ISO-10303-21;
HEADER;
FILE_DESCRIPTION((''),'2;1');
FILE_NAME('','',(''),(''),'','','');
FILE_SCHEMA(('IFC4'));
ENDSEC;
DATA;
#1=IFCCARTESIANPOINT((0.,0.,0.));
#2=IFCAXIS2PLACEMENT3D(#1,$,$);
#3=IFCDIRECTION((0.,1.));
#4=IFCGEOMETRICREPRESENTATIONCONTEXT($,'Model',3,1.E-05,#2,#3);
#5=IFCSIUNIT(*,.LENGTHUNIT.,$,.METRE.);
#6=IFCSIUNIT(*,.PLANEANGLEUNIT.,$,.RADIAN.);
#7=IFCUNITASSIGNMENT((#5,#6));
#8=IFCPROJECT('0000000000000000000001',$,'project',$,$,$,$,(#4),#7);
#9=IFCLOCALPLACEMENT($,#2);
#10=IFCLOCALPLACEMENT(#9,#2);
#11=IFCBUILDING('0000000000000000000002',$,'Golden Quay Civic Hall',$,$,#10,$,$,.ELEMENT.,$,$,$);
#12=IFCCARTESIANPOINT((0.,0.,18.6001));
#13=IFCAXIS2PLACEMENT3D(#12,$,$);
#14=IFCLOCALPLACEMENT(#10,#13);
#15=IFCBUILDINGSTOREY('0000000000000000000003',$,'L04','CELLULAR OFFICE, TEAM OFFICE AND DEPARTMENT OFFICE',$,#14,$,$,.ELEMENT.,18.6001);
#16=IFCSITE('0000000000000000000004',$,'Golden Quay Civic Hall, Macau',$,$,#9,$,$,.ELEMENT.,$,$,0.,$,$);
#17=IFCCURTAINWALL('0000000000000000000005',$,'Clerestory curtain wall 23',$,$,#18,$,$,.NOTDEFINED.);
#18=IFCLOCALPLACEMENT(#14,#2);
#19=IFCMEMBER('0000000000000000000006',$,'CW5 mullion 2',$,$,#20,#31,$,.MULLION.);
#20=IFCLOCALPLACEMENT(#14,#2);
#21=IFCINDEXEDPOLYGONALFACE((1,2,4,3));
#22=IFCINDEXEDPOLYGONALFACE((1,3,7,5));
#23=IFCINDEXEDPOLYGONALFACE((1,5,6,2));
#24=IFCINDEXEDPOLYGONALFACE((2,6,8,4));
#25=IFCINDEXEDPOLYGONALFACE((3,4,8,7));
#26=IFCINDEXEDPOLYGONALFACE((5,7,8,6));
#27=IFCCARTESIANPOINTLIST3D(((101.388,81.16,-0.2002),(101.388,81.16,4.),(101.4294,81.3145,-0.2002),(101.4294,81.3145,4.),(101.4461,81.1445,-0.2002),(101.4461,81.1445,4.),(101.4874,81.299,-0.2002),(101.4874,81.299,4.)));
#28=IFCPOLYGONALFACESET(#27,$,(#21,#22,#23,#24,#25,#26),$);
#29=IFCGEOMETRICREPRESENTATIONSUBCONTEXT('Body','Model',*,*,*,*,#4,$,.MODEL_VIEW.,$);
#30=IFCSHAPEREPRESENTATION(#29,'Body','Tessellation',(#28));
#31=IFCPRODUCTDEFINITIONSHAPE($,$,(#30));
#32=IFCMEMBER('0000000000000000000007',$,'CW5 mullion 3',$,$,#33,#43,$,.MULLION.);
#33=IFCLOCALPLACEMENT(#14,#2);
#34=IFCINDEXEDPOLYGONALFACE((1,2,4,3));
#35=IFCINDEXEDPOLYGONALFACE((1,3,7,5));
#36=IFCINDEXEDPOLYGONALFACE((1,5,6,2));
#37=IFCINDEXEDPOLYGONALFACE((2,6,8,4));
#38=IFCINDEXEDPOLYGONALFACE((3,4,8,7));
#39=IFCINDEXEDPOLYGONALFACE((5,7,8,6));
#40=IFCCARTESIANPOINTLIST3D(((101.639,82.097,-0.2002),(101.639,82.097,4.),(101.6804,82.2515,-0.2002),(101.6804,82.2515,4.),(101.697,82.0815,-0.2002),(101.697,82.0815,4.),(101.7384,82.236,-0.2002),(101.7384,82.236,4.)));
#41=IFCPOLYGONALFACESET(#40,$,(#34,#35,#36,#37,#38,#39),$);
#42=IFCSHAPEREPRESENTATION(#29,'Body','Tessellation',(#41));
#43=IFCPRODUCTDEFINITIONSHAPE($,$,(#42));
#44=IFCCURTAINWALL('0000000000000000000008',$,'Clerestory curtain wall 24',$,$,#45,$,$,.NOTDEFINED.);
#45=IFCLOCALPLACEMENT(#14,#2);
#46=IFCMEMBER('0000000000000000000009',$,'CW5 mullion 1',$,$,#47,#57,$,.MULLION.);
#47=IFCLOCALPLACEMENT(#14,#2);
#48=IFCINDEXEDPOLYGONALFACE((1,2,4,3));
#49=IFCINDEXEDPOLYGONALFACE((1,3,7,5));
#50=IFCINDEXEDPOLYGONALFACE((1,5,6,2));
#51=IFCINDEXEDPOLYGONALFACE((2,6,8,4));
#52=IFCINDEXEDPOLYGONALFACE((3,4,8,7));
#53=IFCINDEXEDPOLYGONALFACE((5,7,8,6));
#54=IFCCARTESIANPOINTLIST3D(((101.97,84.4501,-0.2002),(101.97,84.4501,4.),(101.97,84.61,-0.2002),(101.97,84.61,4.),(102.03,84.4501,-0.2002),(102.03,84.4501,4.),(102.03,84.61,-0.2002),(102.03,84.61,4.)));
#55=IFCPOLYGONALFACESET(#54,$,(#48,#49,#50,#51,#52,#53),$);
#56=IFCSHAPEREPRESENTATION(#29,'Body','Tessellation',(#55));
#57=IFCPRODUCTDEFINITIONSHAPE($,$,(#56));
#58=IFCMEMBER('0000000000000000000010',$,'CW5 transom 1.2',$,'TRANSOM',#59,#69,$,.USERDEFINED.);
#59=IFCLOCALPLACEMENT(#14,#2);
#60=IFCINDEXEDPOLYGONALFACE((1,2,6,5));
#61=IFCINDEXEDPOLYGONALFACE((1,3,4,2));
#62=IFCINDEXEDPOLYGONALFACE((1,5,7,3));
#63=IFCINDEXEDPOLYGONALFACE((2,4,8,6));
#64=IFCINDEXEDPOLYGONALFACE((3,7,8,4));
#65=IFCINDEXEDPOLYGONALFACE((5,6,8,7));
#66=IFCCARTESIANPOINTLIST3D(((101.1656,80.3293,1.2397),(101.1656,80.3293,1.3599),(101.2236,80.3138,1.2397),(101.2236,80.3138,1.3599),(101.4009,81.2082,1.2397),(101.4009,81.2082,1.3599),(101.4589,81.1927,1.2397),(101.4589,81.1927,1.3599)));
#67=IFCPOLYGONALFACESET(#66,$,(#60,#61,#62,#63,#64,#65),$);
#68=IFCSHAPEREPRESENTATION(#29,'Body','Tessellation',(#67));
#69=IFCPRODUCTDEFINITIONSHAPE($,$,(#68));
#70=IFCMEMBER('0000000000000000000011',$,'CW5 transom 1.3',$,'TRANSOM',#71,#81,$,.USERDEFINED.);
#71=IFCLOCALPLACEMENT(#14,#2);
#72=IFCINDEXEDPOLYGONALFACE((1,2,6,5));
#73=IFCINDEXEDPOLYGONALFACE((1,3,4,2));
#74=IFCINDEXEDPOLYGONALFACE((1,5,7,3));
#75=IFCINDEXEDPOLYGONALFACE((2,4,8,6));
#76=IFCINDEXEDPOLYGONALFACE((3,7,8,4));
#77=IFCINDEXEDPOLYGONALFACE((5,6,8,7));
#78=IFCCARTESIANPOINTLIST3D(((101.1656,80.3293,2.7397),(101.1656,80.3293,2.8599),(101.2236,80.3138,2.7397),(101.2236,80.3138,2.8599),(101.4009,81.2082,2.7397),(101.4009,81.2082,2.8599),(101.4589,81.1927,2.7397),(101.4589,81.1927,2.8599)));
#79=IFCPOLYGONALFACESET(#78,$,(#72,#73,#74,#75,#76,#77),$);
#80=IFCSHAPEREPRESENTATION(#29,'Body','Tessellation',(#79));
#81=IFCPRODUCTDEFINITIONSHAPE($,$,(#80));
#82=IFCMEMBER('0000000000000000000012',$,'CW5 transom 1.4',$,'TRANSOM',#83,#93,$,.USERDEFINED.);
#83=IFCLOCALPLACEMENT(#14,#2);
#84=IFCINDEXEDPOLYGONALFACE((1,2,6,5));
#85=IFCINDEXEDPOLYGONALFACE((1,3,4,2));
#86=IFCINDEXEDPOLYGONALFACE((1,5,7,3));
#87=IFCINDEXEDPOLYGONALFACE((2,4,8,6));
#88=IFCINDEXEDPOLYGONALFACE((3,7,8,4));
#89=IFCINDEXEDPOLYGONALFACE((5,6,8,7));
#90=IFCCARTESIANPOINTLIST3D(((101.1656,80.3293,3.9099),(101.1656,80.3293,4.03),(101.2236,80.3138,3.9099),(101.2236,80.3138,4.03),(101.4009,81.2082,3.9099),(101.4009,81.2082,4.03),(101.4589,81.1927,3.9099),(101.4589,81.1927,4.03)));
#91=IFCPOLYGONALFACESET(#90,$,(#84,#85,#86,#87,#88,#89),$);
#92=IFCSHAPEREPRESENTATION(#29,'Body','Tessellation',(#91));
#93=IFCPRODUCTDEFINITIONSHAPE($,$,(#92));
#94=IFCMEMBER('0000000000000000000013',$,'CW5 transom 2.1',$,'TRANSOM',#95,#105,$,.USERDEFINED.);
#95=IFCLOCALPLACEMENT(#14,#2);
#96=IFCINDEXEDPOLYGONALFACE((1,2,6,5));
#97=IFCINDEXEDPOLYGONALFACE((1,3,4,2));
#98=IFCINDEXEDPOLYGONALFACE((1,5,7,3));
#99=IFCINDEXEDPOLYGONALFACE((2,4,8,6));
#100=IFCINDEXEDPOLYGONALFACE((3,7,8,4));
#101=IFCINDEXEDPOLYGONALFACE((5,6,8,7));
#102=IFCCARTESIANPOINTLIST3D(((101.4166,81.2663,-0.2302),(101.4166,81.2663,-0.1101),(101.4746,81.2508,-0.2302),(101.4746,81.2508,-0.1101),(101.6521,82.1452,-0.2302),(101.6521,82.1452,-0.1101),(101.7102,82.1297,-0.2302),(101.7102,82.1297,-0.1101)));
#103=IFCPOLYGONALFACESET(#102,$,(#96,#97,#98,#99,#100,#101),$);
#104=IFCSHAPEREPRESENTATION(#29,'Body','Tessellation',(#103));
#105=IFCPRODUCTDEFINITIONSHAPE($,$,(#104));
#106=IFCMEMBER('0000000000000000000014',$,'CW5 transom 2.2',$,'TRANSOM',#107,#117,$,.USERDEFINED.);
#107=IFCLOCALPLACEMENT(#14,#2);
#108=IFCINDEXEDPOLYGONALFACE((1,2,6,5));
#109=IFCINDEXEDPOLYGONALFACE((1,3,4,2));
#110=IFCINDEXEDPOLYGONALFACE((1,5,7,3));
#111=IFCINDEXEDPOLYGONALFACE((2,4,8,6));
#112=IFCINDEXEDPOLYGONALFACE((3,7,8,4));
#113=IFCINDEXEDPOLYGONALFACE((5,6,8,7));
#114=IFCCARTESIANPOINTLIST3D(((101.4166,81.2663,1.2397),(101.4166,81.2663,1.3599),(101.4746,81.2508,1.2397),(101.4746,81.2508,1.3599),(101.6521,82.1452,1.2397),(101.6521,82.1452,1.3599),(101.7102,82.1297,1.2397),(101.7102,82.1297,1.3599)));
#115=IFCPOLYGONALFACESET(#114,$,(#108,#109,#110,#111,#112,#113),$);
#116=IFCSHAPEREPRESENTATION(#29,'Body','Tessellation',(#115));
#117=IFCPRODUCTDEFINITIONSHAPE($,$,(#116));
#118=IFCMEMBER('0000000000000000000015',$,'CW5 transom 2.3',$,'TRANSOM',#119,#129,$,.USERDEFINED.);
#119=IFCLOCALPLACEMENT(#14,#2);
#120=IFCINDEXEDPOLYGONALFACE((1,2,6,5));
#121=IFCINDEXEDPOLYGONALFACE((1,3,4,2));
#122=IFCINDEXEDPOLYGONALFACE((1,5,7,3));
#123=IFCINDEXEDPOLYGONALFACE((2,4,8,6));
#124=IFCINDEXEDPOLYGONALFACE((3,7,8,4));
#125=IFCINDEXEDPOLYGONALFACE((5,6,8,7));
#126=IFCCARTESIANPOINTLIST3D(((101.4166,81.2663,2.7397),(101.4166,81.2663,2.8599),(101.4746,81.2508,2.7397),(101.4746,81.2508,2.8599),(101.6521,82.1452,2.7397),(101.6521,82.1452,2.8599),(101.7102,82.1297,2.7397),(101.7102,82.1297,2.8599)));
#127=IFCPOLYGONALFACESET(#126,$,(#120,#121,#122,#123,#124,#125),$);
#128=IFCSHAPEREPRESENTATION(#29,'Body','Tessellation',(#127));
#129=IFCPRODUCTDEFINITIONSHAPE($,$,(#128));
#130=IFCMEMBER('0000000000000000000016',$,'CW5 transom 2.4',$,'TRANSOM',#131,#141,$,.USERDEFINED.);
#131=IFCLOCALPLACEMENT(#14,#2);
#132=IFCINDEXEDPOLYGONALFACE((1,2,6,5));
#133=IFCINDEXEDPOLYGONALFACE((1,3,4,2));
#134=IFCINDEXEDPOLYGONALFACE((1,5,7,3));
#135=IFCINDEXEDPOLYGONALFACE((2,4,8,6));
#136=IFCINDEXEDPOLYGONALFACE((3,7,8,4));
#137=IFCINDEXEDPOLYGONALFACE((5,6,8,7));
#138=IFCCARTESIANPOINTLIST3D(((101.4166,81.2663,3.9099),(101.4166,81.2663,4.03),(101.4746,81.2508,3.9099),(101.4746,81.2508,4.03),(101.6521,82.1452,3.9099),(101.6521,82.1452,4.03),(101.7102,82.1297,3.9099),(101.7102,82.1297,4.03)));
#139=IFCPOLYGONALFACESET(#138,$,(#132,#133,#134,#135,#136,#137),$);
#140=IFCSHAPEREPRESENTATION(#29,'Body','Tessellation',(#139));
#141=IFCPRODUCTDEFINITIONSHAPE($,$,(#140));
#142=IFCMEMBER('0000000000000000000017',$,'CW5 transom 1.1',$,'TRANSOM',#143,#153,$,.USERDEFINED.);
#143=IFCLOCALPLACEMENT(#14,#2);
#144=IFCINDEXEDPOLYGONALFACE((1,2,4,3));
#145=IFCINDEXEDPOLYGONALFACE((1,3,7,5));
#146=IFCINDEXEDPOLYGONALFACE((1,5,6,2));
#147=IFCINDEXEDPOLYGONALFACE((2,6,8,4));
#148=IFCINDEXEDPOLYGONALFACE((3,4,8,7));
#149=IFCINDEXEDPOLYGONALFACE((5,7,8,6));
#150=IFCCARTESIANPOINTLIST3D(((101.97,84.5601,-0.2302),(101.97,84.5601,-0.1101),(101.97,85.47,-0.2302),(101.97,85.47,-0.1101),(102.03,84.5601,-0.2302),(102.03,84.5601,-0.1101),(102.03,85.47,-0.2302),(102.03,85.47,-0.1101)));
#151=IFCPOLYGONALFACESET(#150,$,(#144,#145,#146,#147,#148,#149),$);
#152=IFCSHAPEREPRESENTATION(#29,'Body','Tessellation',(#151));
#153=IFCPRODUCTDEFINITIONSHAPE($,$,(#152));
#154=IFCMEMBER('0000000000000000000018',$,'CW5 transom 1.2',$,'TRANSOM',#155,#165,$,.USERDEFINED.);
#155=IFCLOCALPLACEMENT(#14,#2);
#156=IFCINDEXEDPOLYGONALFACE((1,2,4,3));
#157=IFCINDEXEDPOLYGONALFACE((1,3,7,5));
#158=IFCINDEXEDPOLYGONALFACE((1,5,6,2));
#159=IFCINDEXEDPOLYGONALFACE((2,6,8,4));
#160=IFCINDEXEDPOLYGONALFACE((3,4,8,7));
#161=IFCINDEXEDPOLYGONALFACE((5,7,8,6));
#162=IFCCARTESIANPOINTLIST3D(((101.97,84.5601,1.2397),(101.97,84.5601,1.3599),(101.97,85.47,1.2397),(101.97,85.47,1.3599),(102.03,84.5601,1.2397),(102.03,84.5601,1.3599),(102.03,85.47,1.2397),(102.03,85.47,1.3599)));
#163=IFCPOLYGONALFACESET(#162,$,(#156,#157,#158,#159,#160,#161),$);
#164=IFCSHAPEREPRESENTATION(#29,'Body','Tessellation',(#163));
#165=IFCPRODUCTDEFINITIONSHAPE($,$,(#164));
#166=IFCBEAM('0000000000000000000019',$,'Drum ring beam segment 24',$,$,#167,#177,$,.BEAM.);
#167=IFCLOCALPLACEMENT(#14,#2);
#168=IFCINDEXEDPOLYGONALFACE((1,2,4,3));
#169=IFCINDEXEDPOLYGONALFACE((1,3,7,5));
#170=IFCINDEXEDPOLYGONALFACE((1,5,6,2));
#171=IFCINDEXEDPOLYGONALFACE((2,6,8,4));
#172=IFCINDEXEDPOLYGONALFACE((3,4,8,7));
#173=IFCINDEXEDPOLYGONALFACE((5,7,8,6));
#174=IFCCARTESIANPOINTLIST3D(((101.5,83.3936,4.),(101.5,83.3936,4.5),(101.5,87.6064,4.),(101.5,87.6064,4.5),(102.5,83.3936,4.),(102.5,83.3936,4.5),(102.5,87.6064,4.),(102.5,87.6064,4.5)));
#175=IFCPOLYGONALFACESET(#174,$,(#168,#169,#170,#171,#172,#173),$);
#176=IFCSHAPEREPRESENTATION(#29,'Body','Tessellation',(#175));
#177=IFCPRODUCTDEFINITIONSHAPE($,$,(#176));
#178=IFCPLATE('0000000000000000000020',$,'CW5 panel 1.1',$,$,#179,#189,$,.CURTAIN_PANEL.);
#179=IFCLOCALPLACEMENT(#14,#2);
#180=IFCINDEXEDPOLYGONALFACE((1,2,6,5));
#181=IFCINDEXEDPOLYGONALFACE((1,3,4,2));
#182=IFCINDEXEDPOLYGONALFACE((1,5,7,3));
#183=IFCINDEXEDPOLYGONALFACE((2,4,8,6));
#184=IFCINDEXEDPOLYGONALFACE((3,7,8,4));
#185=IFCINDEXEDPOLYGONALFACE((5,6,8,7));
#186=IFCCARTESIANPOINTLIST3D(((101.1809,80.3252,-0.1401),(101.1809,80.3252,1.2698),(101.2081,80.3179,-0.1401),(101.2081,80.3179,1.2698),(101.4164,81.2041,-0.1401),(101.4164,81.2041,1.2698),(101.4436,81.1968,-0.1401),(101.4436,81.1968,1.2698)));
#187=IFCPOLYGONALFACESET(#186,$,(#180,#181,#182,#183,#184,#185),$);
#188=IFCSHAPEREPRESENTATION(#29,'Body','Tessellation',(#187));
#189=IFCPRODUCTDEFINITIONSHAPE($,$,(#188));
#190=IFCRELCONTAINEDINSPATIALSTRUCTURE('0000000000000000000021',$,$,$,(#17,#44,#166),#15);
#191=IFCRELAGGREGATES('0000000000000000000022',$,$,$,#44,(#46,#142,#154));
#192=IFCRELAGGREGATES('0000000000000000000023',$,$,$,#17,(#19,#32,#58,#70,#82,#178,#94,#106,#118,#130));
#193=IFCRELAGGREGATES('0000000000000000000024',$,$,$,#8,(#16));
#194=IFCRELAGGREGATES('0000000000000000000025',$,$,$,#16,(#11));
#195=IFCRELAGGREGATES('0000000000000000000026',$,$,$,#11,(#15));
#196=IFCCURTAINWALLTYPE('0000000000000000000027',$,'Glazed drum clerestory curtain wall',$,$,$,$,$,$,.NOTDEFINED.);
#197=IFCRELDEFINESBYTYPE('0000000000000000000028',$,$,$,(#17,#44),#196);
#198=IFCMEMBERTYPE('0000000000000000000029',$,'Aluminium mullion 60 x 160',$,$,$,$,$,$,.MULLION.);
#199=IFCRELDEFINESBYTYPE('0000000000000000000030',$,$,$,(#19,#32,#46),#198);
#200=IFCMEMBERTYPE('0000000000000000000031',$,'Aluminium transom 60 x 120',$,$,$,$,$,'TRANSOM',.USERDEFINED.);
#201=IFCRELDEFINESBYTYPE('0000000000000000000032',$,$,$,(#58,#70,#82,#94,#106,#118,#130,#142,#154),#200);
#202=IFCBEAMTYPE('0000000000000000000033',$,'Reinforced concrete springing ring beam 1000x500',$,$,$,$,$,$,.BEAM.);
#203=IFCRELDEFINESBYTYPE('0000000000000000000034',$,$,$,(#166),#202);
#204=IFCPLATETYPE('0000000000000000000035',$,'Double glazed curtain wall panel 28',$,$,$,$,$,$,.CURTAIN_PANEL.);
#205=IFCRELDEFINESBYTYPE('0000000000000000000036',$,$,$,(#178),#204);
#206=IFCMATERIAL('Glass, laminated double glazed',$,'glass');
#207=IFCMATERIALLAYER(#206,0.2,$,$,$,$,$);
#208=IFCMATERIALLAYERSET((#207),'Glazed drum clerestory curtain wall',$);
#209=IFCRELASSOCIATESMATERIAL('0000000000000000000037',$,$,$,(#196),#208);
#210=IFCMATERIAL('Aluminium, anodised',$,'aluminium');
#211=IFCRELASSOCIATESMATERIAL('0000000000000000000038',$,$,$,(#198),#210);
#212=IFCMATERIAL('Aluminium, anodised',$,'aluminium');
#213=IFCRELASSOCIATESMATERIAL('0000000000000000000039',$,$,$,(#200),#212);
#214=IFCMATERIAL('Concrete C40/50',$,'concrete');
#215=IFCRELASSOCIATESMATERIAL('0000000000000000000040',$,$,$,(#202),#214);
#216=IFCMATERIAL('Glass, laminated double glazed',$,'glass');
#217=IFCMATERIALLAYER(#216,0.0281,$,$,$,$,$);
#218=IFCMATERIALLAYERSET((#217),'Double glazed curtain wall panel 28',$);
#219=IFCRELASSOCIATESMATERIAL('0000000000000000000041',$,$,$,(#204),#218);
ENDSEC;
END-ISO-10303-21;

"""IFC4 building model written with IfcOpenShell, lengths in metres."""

from ifc_helpers import new_model, si_unit, direction, frame, origin, origin_2d, place, context, subcontext, project, spatial, rectangle, extrude, material, layer, layer_set, material_profile, profile_set, type_object, element, aggregate, save


model = new_model("IFC4")

# Units and contexts
model_context = context("Model", 3, precision=1e-05, world=origin(), true_north=direction((0.0, 1.0)))
body_context = subcontext(model_context, "Body", "Model", "MODEL_VIEW")
ifc_project = project(units=[si_unit("LENGTHUNIT", "METRE"), si_unit("PLANEANGLEUNIT", "RADIAN")], contexts=[model_context])

# Site, building, storey
site_placement = place(None, origin())
site = spatial("IfcSite", under=ifc_project, at=site_placement, Name="Golden Quay Civic Hall, Macau", CompositionType="ELEMENT", RefElevation=0.0)
building_placement = place(site_placement, origin())
building = spatial("IfcBuilding", under=site, at=building_placement, Name="Golden Quay Civic Hall", CompositionType="ELEMENT")
storey_placement = place(building_placement, frame((0.0, 0.0, 18.6001)))
storey = spatial("IfcBuildingStorey", under=building, at=storey_placement, Name="L04", Description="CELLULAR OFFICE, TEAM OFFICE AND DEPARTMENT OFFICE", CompositionType="ELEMENT", Elevation=18.6001)

# Curtain wall, members
ifc_material_1 = material(Name="Glass, laminated double glazed", Category="glass")
ifc_layer_1 = layer(ifc_material_1, 0.2)
ifc_layer_set_1 = layer_set([ifc_layer_1], Name="Glazed drum clerestory curtain wall")
curtain_wall_type = type_object("IfcCurtainWallType", Name="Glazed drum clerestory curtain wall", PredefinedType="NOTDEFINED", material=ifc_layer_set_1)
curtain_wall_1_placement = place(storey_placement, origin())
curtain_wall_1 = element("IfcCurtainWall", 1, at=curtain_wall_1_placement, inside=storey, type_object=curtain_wall_type, Name="Clerestory curtain wall 23", PredefinedType="NOTDEFINED")
ifc_material_2 = material(Name="Aluminium, anodised", Category="aluminium")
ifc_material_profile_1 = material_profile(ifc_material_2, rectangle(XDim=0.0601, YDim=0.1599, at=origin_2d()), Name="Aluminium 60 x 160")
ifc_profile_set_1 = profile_set([ifc_material_profile_1], Name="Aluminium, anodised")
member_type_1 = type_object("IfcMemberType", Name="Aluminium mullion 60 x 160", PredefinedType="MULLION", material=ifc_profile_set_1)
member_1_placement = place(storey_placement, frame((101.4377, 81.2295, -0.2002), z_axis=(0.0, 0.0, 1.0), x_axis=(-0.965929, 0.258808, 0.0)))
member_1 = element("IfcMember", 2, at=member_1_placement, type_object=member_type_1, Name="CW5 mullion 2", PredefinedType="MULLION", context=body_context, shape_type="SweptSolid", body=[
    extrude(rectangle(XDim=0.0601, YDim=0.1599, at=origin_2d()), origin(), (0.0, 0.0, 1.0), 4.2002),
])
member_2_placement = place(storey_placement, frame((101.6887, 82.1665, -0.2002), z_axis=(0.0, 0.0, 1.0), x_axis=(-0.965929, 0.258808, 0.0)))
member_2 = element("IfcMember", 3, at=member_2_placement, type_object=member_type_1, Name="CW5 mullion 3", PredefinedType="MULLION", context=body_context, shape_type="SweptSolid", body=[
    extrude(rectangle(XDim=0.0601, YDim=0.1599, at=origin_2d()), origin(), (0.0, 0.0, 1.0), 4.2002),
])

# Curtain wall, member
curtain_wall_2_placement = place(storey_placement, origin())
curtain_wall_2 = element("IfcCurtainWall", 4, at=curtain_wall_2_placement, inside=storey, type_object=curtain_wall_type, Name="Clerestory curtain wall 24", PredefinedType="NOTDEFINED")
member_3_placement = place(storey_placement, frame((102.0, 84.53, -0.2002), z_axis=(0.0, 0.0, 1.0), x_axis=(-1.0, 0.0, 0.0)))
member_3 = element("IfcMember", 5, at=member_3_placement, type_object=member_type_1, Name="CW5 mullion 1", PredefinedType="MULLION", context=body_context, shape_type="SweptSolid", body=[
    extrude(rectangle(XDim=0.0601, YDim=0.1599, at=origin_2d()), origin(), (0.0, 0.0, 1.0), 4.2002),
])

# Members
ifc_material_3 = material(Name="Aluminium, anodised", Category="aluminium")
ifc_material_profile_2 = material_profile(ifc_material_3, rectangle(XDim=0.0601, YDim=0.1201, at=origin_2d()), Name="Aluminium 60 x 120")
ifc_profile_set_2 = profile_set([ifc_material_profile_2], Name="Aluminium, anodised")
member_type_2 = type_object("IfcMemberType", Name="Aluminium transom 60 x 120", ElementType="TRANSOM", PredefinedType="USERDEFINED", material=ifc_profile_set_2)
member_4_placement = place(storey_placement, frame((101.1946, 80.3215, 1.2998), z_axis=(0.258665, 0.965967, 0.0), x_axis=(-0.965967, 0.258665, 0.0)))
member_4 = element("IfcMember", 6, at=member_4_placement, type_object=member_type_2, Name="CW5 transom 1.2", ObjectType="TRANSOM", PredefinedType="USERDEFINED", context=body_context, shape_type="SweptSolid", body=[
    extrude(rectangle(XDim=0.0601, YDim=0.1201, at=origin_2d()), origin(), (0.0, 0.0, 1.0), 0.9099),
])
member_5_placement = place(storey_placement, frame((101.1946, 80.3215, 2.7998), z_axis=(0.258665, 0.965967, 0.0), x_axis=(-0.965967, 0.258665, 0.0)))
member_5 = element("IfcMember", 7, at=member_5_placement, type_object=member_type_2, Name="CW5 transom 1.3", ObjectType="TRANSOM", PredefinedType="USERDEFINED", context=body_context, shape_type="SweptSolid", body=[
    extrude(rectangle(XDim=0.0601, YDim=0.1201, at=origin_2d()), origin(), (0.0, 0.0, 1.0), 0.9099),
])
member_6_placement = place(storey_placement, frame((101.1946, 80.3215, 3.97), z_axis=(0.258665, 0.965967, 0.0), x_axis=(-0.965967, 0.258665, 0.0)))
member_6 = element("IfcMember", 8, at=member_6_placement, type_object=member_type_2, Name="CW5 transom 1.4", ObjectType="TRANSOM", PredefinedType="USERDEFINED", context=body_context, shape_type="SweptSolid", body=[
    extrude(rectangle(XDim=0.0601, YDim=0.1201, at=origin_2d()), origin(), (0.0, 0.0, 1.0), 0.9099),
])
member_7_placement = place(storey_placement, frame((101.4456, 81.2585, -0.1702), z_axis=(0.258915, 0.9659, 0.0), x_axis=(-0.9659, 0.258915, 0.0)))
member_7 = element("IfcMember", 9, at=member_7_placement, type_object=member_type_2, Name="CW5 transom 2.1", ObjectType="TRANSOM", PredefinedType="USERDEFINED", context=body_context, shape_type="SweptSolid", body=[
    extrude(rectangle(XDim=0.0601, YDim=0.1201, at=origin_2d()), origin(), (0.0, 0.0, 1.0), 0.9099),
])
member_8_placement = place(storey_placement, frame((101.4456, 81.2585, 1.2998), z_axis=(0.258915, 0.9659, 0.0), x_axis=(-0.9659, 0.258915, 0.0)))
member_8 = element("IfcMember", 10, at=member_8_placement, type_object=member_type_2, Name="CW5 transom 2.2", ObjectType="TRANSOM", PredefinedType="USERDEFINED", context=body_context, shape_type="SweptSolid", body=[
    extrude(rectangle(XDim=0.0601, YDim=0.1201, at=origin_2d()), origin(), (0.0, 0.0, 1.0), 0.9099),
])
member_9_placement = place(storey_placement, frame((101.4456, 81.2585, 2.7998), z_axis=(0.258915, 0.9659, 0.0), x_axis=(-0.9659, 0.258915, 0.0)))
member_9 = element("IfcMember", 11, at=member_9_placement, type_object=member_type_2, Name="CW5 transom 2.3", ObjectType="TRANSOM", PredefinedType="USERDEFINED", context=body_context, shape_type="SweptSolid", body=[
    extrude(rectangle(XDim=0.0601, YDim=0.1201, at=origin_2d()), origin(), (0.0, 0.0, 1.0), 0.9099),
])
member_10_placement = place(storey_placement, frame((101.4456, 81.2585, 3.97), z_axis=(0.258915, 0.9659, 0.0), x_axis=(-0.9659, 0.258915, 0.0)))
member_10 = element("IfcMember", 12, at=member_10_placement, type_object=member_type_2, Name="CW5 transom 2.4", ObjectType="TRANSOM", PredefinedType="USERDEFINED", context=body_context, shape_type="SweptSolid", body=[
    extrude(rectangle(XDim=0.0601, YDim=0.1201, at=origin_2d()), origin(), (0.0, 0.0, 1.0), 0.9099),
])
member_11_placement = place(storey_placement, frame((102.0, 84.5601, -0.1702), z_axis=(0.0, 1.0, 0.0), x_axis=(-1.0, 0.0, 0.0)))
member_11 = element("IfcMember", 13, at=member_11_placement, type_object=member_type_2, Name="CW5 transom 1.1", ObjectType="TRANSOM", PredefinedType="USERDEFINED", context=body_context, shape_type="SweptSolid", body=[
    extrude(rectangle(XDim=0.0601, YDim=0.1201, at=origin_2d()), origin(), (0.0, 0.0, 1.0), 0.9099),
])
member_12_placement = place(storey_placement, frame((102.0, 84.5601, 1.2998), z_axis=(0.0, 1.0, 0.0), x_axis=(-1.0, 0.0, 0.0)))
member_12 = element("IfcMember", 14, at=member_12_placement, type_object=member_type_2, Name="CW5 transom 1.2", ObjectType="TRANSOM", PredefinedType="USERDEFINED", context=body_context, shape_type="SweptSolid", body=[
    extrude(rectangle(XDim=0.0601, YDim=0.1201, at=origin_2d()), origin(), (0.0, 0.0, 1.0), 0.9099),
])
aggregate(curtain_wall_2, [member_3, member_11, member_12])

# Beam
ifc_material_4 = material(Name="Concrete C40/50", Category="concrete")
ifc_material_profile_3 = material_profile(ifc_material_4, rectangle(XDim=1.0, YDim=0.5, at=origin_2d()), Name="RC 1000x500")
ifc_profile_set_3 = profile_set([ifc_material_profile_3], Name="Concrete C40/50")
beam_type = type_object("IfcBeamType", Name="Reinforced concrete springing ring beam 1000x500", PredefinedType="BEAM", material=ifc_profile_set_3)
beam_placement = place(storey_placement, frame((102.0, 83.3936, 4.25), z_axis=(0.0, 1.0, 0.0), x_axis=(-1.0, 0.0, 0.0)))
element("IfcBeam", 15, at=beam_placement, inside=storey, type_object=beam_type, Name="Drum ring beam segment 24", PredefinedType="BEAM", context=body_context, shape_type="SweptSolid", body=[
    extrude(rectangle(XDim=1.0, YDim=0.5, at=origin_2d()), origin(), (0.0, 0.0, 1.0), 4.2129),
])

# Plate
ifc_material_5 = material(Name="Glass, laminated double glazed", Category="glass")
ifc_layer_2 = layer(ifc_material_5, 0.0281)
ifc_layer_set_2 = layer_set([ifc_layer_2], Name="Double glazed curtain wall panel 28")
plate_type = type_object("IfcPlateType", Name="Double glazed curtain wall panel 28", PredefinedType="CURTAIN_PANEL", material=ifc_layer_set_2)
plate_1_placement = place(storey_placement, frame((101.3123, 80.761, -0.1401), z_axis=(0.0, 0.0, 1.0), x_axis=(0.258808, 0.965929, 0.0)))
plate_1 = element("IfcPlate", 16, at=plate_1_placement, type_object=plate_type, Name="CW5 panel 1.1", PredefinedType="CURTAIN_PANEL", context=body_context, shape_type="SweptSolid", body=[
    extrude(rectangle(XDim=0.9099, YDim=0.0281, at=origin_2d()), origin(), (0.0, 0.0, 1.0), 1.4099),
])
aggregate(curtain_wall_1, [member_1, member_2, member_4, member_5, member_6, plate_1, member_7, member_8, member_9, member_10])

save(model, "model.ifc")
